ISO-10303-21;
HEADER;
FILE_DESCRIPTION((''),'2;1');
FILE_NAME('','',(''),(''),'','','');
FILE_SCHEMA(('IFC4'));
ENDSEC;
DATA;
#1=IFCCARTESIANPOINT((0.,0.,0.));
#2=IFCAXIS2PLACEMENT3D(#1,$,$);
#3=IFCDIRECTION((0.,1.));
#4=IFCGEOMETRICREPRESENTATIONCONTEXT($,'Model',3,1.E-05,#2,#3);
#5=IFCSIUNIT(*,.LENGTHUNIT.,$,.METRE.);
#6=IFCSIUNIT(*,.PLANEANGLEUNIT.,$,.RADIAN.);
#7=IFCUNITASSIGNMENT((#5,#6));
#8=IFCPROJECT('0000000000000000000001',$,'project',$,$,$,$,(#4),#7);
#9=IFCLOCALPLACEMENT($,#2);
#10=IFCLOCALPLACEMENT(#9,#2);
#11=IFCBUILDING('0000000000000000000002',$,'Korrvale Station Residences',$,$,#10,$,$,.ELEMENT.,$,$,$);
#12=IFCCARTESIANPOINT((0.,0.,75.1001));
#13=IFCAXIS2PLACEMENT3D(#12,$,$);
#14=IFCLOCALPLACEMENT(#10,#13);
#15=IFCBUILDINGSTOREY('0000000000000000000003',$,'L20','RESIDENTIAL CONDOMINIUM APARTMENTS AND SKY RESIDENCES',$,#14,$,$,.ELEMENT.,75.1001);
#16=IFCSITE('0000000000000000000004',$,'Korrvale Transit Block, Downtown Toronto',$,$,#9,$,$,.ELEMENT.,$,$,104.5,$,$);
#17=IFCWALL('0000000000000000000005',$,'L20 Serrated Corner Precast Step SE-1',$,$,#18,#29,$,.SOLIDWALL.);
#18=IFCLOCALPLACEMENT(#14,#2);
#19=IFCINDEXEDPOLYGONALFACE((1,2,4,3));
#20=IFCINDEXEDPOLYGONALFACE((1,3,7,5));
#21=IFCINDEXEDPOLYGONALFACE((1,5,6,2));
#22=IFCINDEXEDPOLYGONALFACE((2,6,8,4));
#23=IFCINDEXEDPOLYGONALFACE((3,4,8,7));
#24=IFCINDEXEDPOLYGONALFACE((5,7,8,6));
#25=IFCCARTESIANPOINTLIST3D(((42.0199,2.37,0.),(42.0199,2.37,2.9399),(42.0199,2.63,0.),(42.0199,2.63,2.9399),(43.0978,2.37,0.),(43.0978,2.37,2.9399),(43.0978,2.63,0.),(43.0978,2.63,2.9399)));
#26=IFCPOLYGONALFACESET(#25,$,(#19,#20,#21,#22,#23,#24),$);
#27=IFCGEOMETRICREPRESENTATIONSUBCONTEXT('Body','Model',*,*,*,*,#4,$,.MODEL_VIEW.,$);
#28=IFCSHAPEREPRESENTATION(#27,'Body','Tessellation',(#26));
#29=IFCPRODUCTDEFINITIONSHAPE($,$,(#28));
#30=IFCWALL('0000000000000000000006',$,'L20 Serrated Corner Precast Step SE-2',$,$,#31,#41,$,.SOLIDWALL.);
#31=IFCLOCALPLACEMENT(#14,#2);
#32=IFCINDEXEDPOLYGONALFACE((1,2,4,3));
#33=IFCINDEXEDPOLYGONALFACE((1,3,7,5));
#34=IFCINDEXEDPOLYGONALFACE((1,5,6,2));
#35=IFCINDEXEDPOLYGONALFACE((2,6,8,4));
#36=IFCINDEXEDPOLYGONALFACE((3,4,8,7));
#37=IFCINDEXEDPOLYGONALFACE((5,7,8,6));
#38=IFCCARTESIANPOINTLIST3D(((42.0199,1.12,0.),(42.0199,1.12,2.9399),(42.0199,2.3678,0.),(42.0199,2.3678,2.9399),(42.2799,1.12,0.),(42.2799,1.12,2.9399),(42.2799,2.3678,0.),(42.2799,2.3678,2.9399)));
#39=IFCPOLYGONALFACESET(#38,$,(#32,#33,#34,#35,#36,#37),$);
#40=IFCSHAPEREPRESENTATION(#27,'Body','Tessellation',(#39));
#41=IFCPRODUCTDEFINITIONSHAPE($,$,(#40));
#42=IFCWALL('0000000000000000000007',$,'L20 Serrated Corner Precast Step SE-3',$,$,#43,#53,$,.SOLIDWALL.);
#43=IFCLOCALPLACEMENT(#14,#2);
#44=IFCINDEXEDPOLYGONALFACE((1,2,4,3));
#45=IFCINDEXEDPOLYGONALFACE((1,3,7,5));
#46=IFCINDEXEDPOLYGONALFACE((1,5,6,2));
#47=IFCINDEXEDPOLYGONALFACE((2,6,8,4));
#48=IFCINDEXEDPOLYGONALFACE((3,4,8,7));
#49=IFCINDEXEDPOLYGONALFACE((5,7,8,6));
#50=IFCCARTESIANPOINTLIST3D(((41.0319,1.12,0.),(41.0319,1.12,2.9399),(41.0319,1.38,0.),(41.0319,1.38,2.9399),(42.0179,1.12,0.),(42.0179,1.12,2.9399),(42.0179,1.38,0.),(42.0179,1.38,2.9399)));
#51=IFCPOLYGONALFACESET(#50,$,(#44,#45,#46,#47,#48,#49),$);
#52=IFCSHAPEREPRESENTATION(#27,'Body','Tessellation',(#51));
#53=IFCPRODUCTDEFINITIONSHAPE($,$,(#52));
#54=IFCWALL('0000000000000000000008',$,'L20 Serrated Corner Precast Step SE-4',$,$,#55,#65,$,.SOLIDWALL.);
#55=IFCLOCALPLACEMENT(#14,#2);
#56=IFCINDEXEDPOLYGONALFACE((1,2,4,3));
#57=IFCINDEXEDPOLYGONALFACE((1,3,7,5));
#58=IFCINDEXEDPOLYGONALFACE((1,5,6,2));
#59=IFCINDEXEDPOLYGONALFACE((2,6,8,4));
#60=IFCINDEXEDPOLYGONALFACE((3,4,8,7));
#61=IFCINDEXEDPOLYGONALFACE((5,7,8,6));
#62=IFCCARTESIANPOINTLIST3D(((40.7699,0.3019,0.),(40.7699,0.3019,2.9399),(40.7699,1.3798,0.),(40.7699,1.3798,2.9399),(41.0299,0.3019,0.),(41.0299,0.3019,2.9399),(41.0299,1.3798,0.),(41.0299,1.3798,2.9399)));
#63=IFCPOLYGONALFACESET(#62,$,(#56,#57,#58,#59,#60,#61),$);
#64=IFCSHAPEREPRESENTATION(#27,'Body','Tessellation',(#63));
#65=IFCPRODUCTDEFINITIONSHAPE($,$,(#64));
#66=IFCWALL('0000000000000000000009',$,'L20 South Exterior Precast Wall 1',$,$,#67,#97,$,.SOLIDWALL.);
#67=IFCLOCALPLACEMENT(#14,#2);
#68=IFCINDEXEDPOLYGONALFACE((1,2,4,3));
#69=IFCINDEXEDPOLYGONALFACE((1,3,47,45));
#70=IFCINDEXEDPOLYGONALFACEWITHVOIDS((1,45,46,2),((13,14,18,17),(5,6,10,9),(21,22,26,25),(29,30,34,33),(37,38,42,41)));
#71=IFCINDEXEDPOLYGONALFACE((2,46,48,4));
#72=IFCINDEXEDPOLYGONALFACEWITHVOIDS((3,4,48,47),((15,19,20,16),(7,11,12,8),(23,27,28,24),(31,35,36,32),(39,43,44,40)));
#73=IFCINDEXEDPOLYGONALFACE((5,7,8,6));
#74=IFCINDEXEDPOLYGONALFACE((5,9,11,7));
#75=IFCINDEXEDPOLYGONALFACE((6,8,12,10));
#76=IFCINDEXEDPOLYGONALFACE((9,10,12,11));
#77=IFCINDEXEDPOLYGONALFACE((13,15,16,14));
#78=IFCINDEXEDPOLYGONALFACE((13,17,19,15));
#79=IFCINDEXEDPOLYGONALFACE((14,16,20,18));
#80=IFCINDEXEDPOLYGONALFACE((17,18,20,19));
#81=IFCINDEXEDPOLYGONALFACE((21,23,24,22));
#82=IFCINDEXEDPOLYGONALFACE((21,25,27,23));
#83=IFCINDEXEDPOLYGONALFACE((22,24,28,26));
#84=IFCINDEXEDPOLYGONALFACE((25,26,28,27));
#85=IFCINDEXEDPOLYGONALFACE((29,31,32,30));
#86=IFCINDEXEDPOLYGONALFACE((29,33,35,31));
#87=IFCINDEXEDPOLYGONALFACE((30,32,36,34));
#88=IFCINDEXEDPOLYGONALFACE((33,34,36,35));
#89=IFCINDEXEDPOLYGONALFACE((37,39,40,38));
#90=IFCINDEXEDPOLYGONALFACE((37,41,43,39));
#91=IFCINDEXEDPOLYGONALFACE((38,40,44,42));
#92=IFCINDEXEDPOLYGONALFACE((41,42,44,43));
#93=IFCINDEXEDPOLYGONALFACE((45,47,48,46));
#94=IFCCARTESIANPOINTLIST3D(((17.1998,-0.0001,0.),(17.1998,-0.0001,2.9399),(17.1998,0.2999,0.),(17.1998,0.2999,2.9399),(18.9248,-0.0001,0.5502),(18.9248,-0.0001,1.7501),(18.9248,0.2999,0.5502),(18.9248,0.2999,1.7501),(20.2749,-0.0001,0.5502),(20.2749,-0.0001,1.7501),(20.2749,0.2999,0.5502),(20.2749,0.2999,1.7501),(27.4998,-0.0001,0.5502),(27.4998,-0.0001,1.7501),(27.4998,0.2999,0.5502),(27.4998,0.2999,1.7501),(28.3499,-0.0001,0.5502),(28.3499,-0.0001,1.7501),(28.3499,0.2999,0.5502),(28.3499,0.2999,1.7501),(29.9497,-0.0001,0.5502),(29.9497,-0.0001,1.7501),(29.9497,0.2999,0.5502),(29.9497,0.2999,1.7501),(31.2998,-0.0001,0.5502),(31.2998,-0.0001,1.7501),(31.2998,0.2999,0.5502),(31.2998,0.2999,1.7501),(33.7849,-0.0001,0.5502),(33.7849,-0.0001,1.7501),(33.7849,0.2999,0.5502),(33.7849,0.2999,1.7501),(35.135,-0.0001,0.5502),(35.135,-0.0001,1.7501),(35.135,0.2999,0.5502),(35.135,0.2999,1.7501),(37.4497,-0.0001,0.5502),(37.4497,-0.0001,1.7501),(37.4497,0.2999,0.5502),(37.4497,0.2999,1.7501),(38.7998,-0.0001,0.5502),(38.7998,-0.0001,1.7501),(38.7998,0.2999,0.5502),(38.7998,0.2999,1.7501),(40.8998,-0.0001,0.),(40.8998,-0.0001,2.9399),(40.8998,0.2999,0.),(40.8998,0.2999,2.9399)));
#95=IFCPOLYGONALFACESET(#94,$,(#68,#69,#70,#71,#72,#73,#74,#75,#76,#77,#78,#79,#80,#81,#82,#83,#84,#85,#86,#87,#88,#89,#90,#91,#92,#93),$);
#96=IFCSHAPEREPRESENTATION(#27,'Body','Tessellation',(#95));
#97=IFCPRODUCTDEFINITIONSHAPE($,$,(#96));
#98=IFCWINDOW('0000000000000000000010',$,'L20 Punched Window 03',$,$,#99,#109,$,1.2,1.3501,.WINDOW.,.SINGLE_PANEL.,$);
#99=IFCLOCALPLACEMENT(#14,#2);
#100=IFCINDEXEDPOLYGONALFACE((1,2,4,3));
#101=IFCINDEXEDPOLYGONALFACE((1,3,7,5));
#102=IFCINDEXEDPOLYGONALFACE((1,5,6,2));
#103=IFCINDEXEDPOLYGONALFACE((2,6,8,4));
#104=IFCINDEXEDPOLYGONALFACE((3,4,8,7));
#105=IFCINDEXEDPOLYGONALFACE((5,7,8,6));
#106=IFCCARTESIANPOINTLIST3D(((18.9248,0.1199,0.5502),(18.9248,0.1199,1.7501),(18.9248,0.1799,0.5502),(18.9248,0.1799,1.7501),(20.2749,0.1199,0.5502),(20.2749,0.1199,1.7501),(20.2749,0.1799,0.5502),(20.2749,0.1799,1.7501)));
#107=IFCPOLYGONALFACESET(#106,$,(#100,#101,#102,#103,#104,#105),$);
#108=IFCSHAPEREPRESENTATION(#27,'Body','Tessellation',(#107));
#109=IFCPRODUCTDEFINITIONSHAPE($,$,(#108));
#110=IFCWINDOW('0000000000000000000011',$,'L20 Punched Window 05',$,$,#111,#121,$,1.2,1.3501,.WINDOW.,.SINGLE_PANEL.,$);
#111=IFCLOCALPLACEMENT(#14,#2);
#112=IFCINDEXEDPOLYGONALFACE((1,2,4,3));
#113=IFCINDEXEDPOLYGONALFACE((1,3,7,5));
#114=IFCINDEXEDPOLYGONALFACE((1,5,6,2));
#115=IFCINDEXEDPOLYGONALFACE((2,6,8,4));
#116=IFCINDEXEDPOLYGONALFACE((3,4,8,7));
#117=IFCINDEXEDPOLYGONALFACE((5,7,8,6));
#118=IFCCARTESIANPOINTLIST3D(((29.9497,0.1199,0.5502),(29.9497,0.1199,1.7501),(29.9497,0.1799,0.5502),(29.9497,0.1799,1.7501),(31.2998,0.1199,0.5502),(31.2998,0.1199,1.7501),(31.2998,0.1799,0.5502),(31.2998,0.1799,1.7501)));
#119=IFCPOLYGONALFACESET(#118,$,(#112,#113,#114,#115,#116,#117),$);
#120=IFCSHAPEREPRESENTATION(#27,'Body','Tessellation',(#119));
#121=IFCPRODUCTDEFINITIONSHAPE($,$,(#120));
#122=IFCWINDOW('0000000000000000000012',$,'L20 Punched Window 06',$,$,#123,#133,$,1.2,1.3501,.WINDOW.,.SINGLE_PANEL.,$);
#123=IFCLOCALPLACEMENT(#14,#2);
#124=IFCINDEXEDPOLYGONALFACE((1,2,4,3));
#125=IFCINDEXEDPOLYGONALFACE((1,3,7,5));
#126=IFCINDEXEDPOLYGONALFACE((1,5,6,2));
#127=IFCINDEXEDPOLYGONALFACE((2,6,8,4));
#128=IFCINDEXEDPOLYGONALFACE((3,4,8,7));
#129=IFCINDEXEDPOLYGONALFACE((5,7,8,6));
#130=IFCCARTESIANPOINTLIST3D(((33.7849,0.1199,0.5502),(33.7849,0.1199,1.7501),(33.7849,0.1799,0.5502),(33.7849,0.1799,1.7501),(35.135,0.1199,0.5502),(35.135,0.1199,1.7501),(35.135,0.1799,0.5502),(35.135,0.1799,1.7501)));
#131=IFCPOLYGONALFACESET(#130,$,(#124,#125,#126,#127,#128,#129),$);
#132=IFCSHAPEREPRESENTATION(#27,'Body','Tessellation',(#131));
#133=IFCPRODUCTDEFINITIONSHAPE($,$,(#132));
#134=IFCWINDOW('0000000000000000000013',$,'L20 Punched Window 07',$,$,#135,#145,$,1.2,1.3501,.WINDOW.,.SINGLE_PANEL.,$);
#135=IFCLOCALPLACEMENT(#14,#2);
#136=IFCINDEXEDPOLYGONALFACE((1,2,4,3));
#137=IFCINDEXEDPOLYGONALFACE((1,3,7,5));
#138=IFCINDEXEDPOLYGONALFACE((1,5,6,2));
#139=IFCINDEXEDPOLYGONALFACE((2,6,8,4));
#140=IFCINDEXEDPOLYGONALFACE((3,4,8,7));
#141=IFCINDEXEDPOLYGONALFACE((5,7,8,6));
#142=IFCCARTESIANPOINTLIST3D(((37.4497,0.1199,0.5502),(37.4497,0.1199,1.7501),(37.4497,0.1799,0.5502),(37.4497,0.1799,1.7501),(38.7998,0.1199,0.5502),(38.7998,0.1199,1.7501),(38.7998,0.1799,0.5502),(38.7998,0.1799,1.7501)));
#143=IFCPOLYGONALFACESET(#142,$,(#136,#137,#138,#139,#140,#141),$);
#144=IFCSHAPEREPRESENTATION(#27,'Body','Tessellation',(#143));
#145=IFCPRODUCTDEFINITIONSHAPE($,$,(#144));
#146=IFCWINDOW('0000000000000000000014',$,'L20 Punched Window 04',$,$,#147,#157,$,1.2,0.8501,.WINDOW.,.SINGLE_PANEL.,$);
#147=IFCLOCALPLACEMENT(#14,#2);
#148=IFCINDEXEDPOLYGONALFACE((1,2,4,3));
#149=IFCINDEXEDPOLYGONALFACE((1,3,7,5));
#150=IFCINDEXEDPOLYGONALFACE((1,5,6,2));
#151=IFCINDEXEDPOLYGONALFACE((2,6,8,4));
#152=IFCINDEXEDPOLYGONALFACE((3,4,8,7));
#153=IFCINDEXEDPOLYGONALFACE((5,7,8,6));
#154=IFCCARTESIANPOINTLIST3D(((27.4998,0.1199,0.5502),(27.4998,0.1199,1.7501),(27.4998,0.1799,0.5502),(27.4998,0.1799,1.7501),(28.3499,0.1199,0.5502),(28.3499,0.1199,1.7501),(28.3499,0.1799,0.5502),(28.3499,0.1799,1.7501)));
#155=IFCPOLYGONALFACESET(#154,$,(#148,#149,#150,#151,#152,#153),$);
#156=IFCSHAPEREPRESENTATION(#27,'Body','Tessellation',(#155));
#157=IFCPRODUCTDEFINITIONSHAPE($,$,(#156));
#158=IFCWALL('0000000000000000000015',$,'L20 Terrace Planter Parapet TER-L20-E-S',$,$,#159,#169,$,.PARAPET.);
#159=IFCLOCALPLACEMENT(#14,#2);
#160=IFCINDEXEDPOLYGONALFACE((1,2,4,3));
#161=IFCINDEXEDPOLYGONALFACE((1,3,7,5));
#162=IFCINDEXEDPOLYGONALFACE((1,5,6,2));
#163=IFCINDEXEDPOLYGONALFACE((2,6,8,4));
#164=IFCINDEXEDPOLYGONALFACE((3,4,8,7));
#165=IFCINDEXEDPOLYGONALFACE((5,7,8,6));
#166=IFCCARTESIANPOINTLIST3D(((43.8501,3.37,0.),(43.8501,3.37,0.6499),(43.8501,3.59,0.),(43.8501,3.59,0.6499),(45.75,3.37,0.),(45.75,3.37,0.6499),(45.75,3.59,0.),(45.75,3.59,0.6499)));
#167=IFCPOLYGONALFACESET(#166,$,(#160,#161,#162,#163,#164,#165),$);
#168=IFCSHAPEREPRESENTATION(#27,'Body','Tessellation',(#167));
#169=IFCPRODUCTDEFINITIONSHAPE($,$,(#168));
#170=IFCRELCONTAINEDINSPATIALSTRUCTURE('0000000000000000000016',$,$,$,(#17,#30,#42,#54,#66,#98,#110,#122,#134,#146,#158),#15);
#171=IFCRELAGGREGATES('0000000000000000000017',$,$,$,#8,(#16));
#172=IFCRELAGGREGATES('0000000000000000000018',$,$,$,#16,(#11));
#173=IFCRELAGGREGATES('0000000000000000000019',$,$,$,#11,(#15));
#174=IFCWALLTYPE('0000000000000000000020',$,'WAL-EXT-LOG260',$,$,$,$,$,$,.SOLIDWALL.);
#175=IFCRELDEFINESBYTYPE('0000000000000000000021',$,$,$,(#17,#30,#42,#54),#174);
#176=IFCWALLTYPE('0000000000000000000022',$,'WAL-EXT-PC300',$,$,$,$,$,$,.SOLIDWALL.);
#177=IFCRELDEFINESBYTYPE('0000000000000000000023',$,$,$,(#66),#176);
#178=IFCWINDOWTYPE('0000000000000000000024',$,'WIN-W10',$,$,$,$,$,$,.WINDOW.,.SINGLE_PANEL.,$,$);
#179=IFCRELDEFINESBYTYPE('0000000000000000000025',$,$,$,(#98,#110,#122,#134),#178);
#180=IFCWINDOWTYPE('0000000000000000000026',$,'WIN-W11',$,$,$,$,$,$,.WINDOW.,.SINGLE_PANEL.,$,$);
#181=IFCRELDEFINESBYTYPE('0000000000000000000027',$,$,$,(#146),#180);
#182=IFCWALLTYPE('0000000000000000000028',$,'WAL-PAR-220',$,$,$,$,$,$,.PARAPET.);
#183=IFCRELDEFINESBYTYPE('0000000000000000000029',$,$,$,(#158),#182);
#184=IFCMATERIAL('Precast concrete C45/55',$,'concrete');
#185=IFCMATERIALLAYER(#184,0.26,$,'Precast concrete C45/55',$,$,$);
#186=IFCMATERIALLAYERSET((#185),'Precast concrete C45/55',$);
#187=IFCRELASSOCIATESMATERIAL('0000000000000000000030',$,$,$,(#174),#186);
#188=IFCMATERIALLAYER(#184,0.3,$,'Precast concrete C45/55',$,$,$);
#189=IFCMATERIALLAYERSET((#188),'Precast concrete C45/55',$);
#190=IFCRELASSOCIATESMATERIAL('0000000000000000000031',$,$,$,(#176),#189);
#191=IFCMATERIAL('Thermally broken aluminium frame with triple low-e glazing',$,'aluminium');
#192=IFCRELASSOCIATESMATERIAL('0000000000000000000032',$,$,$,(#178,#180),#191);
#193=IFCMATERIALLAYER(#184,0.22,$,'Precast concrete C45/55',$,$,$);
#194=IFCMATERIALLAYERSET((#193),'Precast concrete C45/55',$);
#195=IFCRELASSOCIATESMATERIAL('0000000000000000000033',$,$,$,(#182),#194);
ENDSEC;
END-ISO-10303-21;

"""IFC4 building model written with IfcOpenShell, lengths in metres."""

from ifc_helpers import new_model, si_unit, direction, frame, frame_2d, origin, place, context, subcontext, project, spatial, rectangle, extrude, material, layer, layer_set, type_object, element, fill, save


model = new_model("IFC4")

# Units and contexts
model_context = context("Model", 3, precision=1e-05, world=origin(), true_north=direction((0.0, 1.0)))
body_context = subcontext(model_context, "Body", "Model", "MODEL_VIEW")
ifc_project = project(units=[si_unit("LENGTHUNIT", "METRE"), si_unit("PLANEANGLEUNIT", "RADIAN")], contexts=[model_context])

# Site, building, storey
site_placement = place(None, origin())
site = spatial("IfcSite", under=ifc_project, at=site_placement, Name="Korrvale Transit Block, Downtown Toronto", CompositionType="ELEMENT", RefElevation=104.5)
building_placement = place(site_placement, origin())
building = spatial("IfcBuilding", under=site, at=building_placement, Name="Korrvale Station Residences", CompositionType="ELEMENT")
storey_placement = place(building_placement, frame((0.0, 0.0, 75.1001)))
storey = spatial("IfcBuildingStorey", under=building, at=storey_placement, Name="L20", Description="RESIDENTIAL CONDOMINIUM APARTMENTS AND SKY RESIDENCES", CompositionType="ELEMENT", Elevation=75.1001)

# Walls
ifc_material_1 = material(Name="Precast concrete C45/55", Category="concrete")
ifc_layer_1 = layer(ifc_material_1, 0.26, Name="Precast concrete C45/55")
ifc_layer_set_1 = layer_set([ifc_layer_1], Name="Precast concrete C45/55")
wall_type_1 = type_object("IfcWallType", Name="WAL-EXT-LOG260", PredefinedType="SOLIDWALL", material=ifc_layer_set_1)
wall_1_placement = place(storey_placement, frame((43.0979, 2.5, 0.0), z_axis=(0.0, 0.0, 1.0), x_axis=(-1.0, 0.0, 0.0)))
element("IfcWall", 1, at=wall_1_placement, inside=storey, type_object=wall_type_1, Name="L20 Serrated Corner Precast Step SE-1", PredefinedType="SOLIDWALL", context=body_context, shape_type="SweptSolid", body=[
    extrude(rectangle(XDim=1.0779, YDim=0.26, at=frame_2d((0.5391, 0.0))), origin(), (0.0, 0.0, 1.0), 2.9399),
])
wall_2_placement = place(storey_placement, frame((42.1499, 2.3679, 0.0), z_axis=(0.0, 0.0, 1.0), x_axis=(0.0, -1.0, 0.0)))
element("IfcWall", 2, at=wall_2_placement, inside=storey, type_object=wall_type_1, Name="L20 Serrated Corner Precast Step SE-2", PredefinedType="SOLIDWALL", context=body_context, shape_type="SweptSolid", body=[
    extrude(rectangle(XDim=1.2478, YDim=0.26, at=frame_2d((0.624, 0.0))), origin(), (0.0, 0.0, 1.0), 2.9399),
])
wall_3_placement = place(storey_placement, frame((42.0181, 1.25, 0.0), z_axis=(0.0, 0.0, 1.0), x_axis=(-1.0, 0.0, 0.0)))
element("IfcWall", 3, at=wall_3_placement, inside=storey, type_object=wall_type_1, Name="L20 Serrated Corner Precast Step SE-3", PredefinedType="SOLIDWALL", context=body_context, shape_type="SweptSolid", body=[
    extrude(rectangle(XDim=0.9861, YDim=0.26, at=frame_2d((0.4932, 0.0))), origin(), (0.0, 0.0, 1.0), 2.9399),
])
wall_4_placement = place(storey_placement, frame((40.8999, 1.3799, 0.0), z_axis=(0.0, 0.0, 1.0), x_axis=(0.0, -1.0, 0.0)))
element("IfcWall", 4, at=wall_4_placement, inside=storey, type_object=wall_type_1, Name="L20 Serrated Corner Precast Step SE-4", PredefinedType="SOLIDWALL", context=body_context, shape_type="SweptSolid", body=[
    extrude(rectangle(XDim=1.0779, YDim=0.26, at=frame_2d((0.5391, 0.0))), origin(), (0.0, 0.0, 1.0), 2.9399),
])

# Wall, openings, windows
ifc_layer_2 = layer(ifc_material_1, 0.3, Name="Precast concrete C45/55")
ifc_layer_set_2 = layer_set([ifc_layer_2], Name="Precast concrete C45/55")
wall_type_2 = type_object("IfcWallType", Name="WAL-EXT-PC300", PredefinedType="SOLIDWALL", material=ifc_layer_set_2)
wall_5_placement = place(storey_placement, frame((40.8999, 0.1499, 0.0), z_axis=(0.0, 0.0, 1.0), x_axis=(-1.0, 0.0, 0.0)))
wall_5 = element("IfcWall", 5, at=wall_5_placement, inside=storey, type_object=wall_type_2, Name="L20 South Exterior Precast Wall 1", PredefinedType="SOLIDWALL", context=body_context, shape_type="SweptSolid", body=[
    extrude(rectangle(XDim=23.7, YDim=0.3, at=frame_2d((11.8501, 0.0))), origin(), (0.0, 0.0, 1.0), 2.9399),
])
opening_1_placement = place(wall_5_placement, frame((20.625, 0.0, 0.55)))
opening_1 = element("IfcOpeningElement", 6, at=opening_1_placement, cuts=wall_5, PredefinedType="OPENING", context=body_context, shape_type="SweptSolid", body=[
    extrude(rectangle(XDim=1.3501, YDim=1.2, at=frame_2d((0.675, 0.6001))), frame((0.0, 0.1602, 0.0), z_axis=(0.0, -1.0, 0.0), x_axis=(1.0, 0.0, 0.0)), (0.0, 0.0, 1.0), 0.3201),
])
opening_2_placement = place(wall_5_placement, frame((12.55, 0.0, 0.55)))
opening_2 = element("IfcOpeningElement", 7, at=opening_2_placement, cuts=wall_5, PredefinedType="OPENING", context=body_context, shape_type="SweptSolid", body=[
    extrude(rectangle(XDim=0.8501, YDim=1.2, at=frame_2d((0.425, 0.6001))), frame((0.0, 0.1602, 0.0), z_axis=(0.0, -1.0, 0.0), x_axis=(1.0, 0.0, 0.0)), (0.0, 0.0, 1.0), 0.3201),
])
opening_3_placement = place(wall_5_placement, frame((9.6001, 0.0, 0.55)))
opening_3 = element("IfcOpeningElement", 8, at=opening_3_placement, cuts=wall_5, PredefinedType="OPENING", context=body_context, shape_type="SweptSolid", body=[
    extrude(rectangle(XDim=1.3501, YDim=1.2, at=frame_2d((0.675, 0.6001))), frame((0.0, 0.1602, 0.0), z_axis=(0.0, -1.0, 0.0), x_axis=(1.0, 0.0, 0.0)), (0.0, 0.0, 1.0), 0.3201),
])
opening_4_placement = place(wall_5_placement, frame((5.7649, 0.0, 0.55)))
opening_4 = element("IfcOpeningElement", 9, at=opening_4_placement, cuts=wall_5, PredefinedType="OPENING", context=body_context, shape_type="SweptSolid", body=[
    extrude(rectangle(XDim=1.3501, YDim=1.2, at=frame_2d((0.675, 0.6001))), frame((0.0, 0.1602, 0.0), z_axis=(0.0, -1.0, 0.0), x_axis=(1.0, 0.0, 0.0)), (0.0, 0.0, 1.0), 0.3201),
])
opening_5_placement = place(wall_5_placement, frame((2.1001, 0.0, 0.55)))
opening_5 = element("IfcOpeningElement", 10, at=opening_5_placement, cuts=wall_5, PredefinedType="OPENING", context=body_context, shape_type="SweptSolid", body=[
    extrude(rectangle(XDim=1.3501, YDim=1.2, at=frame_2d((0.675, 0.6001))), frame((0.0, 0.1602, 0.0), z_axis=(0.0, -1.0, 0.0), x_axis=(1.0, 0.0, 0.0)), (0.0, 0.0, 1.0), 0.3201),
])
ifc_material_2 = material(Name="Thermally broken aluminium frame with triple low-e glazing", Category="aluminium")
window_type_1 = type_object("IfcWindowType", Name="WIN-W10", PartitioningType="SINGLE_PANEL", PredefinedType="WINDOW", material=ifc_material_2)
window_1_placement = place(opening_1_placement, origin())
window_1 = element("IfcWindow", 11, at=window_1_placement, inside=storey, type_object=window_type_1, Name="L20 Punched Window 03", OverallHeight=1.2, OverallWidth=1.3501, PartitioningType="SINGLE_PANEL", PredefinedType="WINDOW", context=body_context, shape_type="SweptSolid", body=[
    extrude(rectangle(XDim=1.3501, YDim=1.2, at=frame_2d((0.675, 0.6001))), frame((0.0, 0.03, 0.0), z_axis=(0.0, -1.0, 0.0), x_axis=(1.0, 0.0, 0.0)), (0.0, 0.0, 1.0), 0.0601),
])
fill(opening_1, window_1)
window_2_placement = place(opening_3_placement, origin())
window_2 = element("IfcWindow", 12, at=window_2_placement, inside=storey, type_object=window_type_1, Name="L20 Punched Window 05", OverallHeight=1.2, OverallWidth=1.3501, PartitioningType="SINGLE_PANEL", PredefinedType="WINDOW", context=body_context, shape_type="SweptSolid", body=[
    extrude(rectangle(XDim=1.3501, YDim=1.2, at=frame_2d((0.675, 0.6001))), frame((0.0, 0.03, 0.0), z_axis=(0.0, -1.0, 0.0), x_axis=(1.0, 0.0, 0.0)), (0.0, 0.0, 1.0), 0.0601),
])
fill(opening_3, window_2)
window_3_placement = place(opening_4_placement, origin())
window_3 = element("IfcWindow", 13, at=window_3_placement, inside=storey, type_object=window_type_1, Name="L20 Punched Window 06", OverallHeight=1.2, OverallWidth=1.3501, PartitioningType="SINGLE_PANEL", PredefinedType="WINDOW", context=body_context, shape_type="SweptSolid", body=[
    extrude(rectangle(XDim=1.3501, YDim=1.2, at=frame_2d((0.675, 0.6001))), frame((0.0, 0.03, 0.0), z_axis=(0.0, -1.0, 0.0), x_axis=(1.0, 0.0, 0.0)), (0.0, 0.0, 1.0), 0.0601),
])
fill(opening_4, window_3)
window_4_placement = place(opening_5_placement, origin())
window_4 = element("IfcWindow", 14, at=window_4_placement, inside=storey, type_object=window_type_1, Name="L20 Punched Window 07", OverallHeight=1.2, OverallWidth=1.3501, PartitioningType="SINGLE_PANEL", PredefinedType="WINDOW", context=body_context, shape_type="SweptSolid", body=[
    extrude(rectangle(XDim=1.3501, YDim=1.2, at=frame_2d((0.675, 0.6001))), frame((0.0, 0.03, 0.0), z_axis=(0.0, -1.0, 0.0), x_axis=(1.0, 0.0, 0.0)), (0.0, 0.0, 1.0), 0.0601),
])
fill(opening_5, window_4)
window_type_2 = type_object("IfcWindowType", Name="WIN-W11", PartitioningType="SINGLE_PANEL", PredefinedType="WINDOW", material=ifc_material_2)
window_5_placement = place(opening_2_placement, origin())
window_5 = element("IfcWindow", 15, at=window_5_placement, inside=storey, type_object=window_type_2, Name="L20 Punched Window 04", OverallHeight=1.2, OverallWidth=0.8501, PartitioningType="SINGLE_PANEL", PredefinedType="WINDOW", context=body_context, shape_type="SweptSolid", body=[
    extrude(rectangle(XDim=0.8501, YDim=1.2, at=frame_2d((0.425, 0.6001))), frame((0.0, 0.03, 0.0), z_axis=(0.0, -1.0, 0.0), x_axis=(1.0, 0.0, 0.0)), (0.0, 0.0, 1.0), 0.0601),
])
fill(opening_2, window_5)

# Wall
ifc_layer_3 = layer(ifc_material_1, 0.22, Name="Precast concrete C45/55")
ifc_layer_set_3 = layer_set([ifc_layer_3], Name="Precast concrete C45/55")
wall_type_3 = type_object("IfcWallType", Name="WAL-PAR-220", PredefinedType="PARAPET", material=ifc_layer_set_3)
wall_6_placement = place(storey_placement, frame((43.8501, 3.48, 0.0), z_axis=(0.0, 0.0, 1.0), x_axis=(1.0, 0.0, 0.0)))
element("IfcWall", 16, at=wall_6_placement, inside=storey, type_object=wall_type_3, Name="L20 Terrace Planter Parapet TER-L20-E-S", PredefinedType="PARAPET", context=body_context, shape_type="SweptSolid", body=[
    extrude(rectangle(XDim=1.8999, YDim=0.22, at=frame_2d((0.95, 0.0))), origin(), (0.0, 0.0, 1.0), 0.6499),
])

save(model, "model.ifc")
